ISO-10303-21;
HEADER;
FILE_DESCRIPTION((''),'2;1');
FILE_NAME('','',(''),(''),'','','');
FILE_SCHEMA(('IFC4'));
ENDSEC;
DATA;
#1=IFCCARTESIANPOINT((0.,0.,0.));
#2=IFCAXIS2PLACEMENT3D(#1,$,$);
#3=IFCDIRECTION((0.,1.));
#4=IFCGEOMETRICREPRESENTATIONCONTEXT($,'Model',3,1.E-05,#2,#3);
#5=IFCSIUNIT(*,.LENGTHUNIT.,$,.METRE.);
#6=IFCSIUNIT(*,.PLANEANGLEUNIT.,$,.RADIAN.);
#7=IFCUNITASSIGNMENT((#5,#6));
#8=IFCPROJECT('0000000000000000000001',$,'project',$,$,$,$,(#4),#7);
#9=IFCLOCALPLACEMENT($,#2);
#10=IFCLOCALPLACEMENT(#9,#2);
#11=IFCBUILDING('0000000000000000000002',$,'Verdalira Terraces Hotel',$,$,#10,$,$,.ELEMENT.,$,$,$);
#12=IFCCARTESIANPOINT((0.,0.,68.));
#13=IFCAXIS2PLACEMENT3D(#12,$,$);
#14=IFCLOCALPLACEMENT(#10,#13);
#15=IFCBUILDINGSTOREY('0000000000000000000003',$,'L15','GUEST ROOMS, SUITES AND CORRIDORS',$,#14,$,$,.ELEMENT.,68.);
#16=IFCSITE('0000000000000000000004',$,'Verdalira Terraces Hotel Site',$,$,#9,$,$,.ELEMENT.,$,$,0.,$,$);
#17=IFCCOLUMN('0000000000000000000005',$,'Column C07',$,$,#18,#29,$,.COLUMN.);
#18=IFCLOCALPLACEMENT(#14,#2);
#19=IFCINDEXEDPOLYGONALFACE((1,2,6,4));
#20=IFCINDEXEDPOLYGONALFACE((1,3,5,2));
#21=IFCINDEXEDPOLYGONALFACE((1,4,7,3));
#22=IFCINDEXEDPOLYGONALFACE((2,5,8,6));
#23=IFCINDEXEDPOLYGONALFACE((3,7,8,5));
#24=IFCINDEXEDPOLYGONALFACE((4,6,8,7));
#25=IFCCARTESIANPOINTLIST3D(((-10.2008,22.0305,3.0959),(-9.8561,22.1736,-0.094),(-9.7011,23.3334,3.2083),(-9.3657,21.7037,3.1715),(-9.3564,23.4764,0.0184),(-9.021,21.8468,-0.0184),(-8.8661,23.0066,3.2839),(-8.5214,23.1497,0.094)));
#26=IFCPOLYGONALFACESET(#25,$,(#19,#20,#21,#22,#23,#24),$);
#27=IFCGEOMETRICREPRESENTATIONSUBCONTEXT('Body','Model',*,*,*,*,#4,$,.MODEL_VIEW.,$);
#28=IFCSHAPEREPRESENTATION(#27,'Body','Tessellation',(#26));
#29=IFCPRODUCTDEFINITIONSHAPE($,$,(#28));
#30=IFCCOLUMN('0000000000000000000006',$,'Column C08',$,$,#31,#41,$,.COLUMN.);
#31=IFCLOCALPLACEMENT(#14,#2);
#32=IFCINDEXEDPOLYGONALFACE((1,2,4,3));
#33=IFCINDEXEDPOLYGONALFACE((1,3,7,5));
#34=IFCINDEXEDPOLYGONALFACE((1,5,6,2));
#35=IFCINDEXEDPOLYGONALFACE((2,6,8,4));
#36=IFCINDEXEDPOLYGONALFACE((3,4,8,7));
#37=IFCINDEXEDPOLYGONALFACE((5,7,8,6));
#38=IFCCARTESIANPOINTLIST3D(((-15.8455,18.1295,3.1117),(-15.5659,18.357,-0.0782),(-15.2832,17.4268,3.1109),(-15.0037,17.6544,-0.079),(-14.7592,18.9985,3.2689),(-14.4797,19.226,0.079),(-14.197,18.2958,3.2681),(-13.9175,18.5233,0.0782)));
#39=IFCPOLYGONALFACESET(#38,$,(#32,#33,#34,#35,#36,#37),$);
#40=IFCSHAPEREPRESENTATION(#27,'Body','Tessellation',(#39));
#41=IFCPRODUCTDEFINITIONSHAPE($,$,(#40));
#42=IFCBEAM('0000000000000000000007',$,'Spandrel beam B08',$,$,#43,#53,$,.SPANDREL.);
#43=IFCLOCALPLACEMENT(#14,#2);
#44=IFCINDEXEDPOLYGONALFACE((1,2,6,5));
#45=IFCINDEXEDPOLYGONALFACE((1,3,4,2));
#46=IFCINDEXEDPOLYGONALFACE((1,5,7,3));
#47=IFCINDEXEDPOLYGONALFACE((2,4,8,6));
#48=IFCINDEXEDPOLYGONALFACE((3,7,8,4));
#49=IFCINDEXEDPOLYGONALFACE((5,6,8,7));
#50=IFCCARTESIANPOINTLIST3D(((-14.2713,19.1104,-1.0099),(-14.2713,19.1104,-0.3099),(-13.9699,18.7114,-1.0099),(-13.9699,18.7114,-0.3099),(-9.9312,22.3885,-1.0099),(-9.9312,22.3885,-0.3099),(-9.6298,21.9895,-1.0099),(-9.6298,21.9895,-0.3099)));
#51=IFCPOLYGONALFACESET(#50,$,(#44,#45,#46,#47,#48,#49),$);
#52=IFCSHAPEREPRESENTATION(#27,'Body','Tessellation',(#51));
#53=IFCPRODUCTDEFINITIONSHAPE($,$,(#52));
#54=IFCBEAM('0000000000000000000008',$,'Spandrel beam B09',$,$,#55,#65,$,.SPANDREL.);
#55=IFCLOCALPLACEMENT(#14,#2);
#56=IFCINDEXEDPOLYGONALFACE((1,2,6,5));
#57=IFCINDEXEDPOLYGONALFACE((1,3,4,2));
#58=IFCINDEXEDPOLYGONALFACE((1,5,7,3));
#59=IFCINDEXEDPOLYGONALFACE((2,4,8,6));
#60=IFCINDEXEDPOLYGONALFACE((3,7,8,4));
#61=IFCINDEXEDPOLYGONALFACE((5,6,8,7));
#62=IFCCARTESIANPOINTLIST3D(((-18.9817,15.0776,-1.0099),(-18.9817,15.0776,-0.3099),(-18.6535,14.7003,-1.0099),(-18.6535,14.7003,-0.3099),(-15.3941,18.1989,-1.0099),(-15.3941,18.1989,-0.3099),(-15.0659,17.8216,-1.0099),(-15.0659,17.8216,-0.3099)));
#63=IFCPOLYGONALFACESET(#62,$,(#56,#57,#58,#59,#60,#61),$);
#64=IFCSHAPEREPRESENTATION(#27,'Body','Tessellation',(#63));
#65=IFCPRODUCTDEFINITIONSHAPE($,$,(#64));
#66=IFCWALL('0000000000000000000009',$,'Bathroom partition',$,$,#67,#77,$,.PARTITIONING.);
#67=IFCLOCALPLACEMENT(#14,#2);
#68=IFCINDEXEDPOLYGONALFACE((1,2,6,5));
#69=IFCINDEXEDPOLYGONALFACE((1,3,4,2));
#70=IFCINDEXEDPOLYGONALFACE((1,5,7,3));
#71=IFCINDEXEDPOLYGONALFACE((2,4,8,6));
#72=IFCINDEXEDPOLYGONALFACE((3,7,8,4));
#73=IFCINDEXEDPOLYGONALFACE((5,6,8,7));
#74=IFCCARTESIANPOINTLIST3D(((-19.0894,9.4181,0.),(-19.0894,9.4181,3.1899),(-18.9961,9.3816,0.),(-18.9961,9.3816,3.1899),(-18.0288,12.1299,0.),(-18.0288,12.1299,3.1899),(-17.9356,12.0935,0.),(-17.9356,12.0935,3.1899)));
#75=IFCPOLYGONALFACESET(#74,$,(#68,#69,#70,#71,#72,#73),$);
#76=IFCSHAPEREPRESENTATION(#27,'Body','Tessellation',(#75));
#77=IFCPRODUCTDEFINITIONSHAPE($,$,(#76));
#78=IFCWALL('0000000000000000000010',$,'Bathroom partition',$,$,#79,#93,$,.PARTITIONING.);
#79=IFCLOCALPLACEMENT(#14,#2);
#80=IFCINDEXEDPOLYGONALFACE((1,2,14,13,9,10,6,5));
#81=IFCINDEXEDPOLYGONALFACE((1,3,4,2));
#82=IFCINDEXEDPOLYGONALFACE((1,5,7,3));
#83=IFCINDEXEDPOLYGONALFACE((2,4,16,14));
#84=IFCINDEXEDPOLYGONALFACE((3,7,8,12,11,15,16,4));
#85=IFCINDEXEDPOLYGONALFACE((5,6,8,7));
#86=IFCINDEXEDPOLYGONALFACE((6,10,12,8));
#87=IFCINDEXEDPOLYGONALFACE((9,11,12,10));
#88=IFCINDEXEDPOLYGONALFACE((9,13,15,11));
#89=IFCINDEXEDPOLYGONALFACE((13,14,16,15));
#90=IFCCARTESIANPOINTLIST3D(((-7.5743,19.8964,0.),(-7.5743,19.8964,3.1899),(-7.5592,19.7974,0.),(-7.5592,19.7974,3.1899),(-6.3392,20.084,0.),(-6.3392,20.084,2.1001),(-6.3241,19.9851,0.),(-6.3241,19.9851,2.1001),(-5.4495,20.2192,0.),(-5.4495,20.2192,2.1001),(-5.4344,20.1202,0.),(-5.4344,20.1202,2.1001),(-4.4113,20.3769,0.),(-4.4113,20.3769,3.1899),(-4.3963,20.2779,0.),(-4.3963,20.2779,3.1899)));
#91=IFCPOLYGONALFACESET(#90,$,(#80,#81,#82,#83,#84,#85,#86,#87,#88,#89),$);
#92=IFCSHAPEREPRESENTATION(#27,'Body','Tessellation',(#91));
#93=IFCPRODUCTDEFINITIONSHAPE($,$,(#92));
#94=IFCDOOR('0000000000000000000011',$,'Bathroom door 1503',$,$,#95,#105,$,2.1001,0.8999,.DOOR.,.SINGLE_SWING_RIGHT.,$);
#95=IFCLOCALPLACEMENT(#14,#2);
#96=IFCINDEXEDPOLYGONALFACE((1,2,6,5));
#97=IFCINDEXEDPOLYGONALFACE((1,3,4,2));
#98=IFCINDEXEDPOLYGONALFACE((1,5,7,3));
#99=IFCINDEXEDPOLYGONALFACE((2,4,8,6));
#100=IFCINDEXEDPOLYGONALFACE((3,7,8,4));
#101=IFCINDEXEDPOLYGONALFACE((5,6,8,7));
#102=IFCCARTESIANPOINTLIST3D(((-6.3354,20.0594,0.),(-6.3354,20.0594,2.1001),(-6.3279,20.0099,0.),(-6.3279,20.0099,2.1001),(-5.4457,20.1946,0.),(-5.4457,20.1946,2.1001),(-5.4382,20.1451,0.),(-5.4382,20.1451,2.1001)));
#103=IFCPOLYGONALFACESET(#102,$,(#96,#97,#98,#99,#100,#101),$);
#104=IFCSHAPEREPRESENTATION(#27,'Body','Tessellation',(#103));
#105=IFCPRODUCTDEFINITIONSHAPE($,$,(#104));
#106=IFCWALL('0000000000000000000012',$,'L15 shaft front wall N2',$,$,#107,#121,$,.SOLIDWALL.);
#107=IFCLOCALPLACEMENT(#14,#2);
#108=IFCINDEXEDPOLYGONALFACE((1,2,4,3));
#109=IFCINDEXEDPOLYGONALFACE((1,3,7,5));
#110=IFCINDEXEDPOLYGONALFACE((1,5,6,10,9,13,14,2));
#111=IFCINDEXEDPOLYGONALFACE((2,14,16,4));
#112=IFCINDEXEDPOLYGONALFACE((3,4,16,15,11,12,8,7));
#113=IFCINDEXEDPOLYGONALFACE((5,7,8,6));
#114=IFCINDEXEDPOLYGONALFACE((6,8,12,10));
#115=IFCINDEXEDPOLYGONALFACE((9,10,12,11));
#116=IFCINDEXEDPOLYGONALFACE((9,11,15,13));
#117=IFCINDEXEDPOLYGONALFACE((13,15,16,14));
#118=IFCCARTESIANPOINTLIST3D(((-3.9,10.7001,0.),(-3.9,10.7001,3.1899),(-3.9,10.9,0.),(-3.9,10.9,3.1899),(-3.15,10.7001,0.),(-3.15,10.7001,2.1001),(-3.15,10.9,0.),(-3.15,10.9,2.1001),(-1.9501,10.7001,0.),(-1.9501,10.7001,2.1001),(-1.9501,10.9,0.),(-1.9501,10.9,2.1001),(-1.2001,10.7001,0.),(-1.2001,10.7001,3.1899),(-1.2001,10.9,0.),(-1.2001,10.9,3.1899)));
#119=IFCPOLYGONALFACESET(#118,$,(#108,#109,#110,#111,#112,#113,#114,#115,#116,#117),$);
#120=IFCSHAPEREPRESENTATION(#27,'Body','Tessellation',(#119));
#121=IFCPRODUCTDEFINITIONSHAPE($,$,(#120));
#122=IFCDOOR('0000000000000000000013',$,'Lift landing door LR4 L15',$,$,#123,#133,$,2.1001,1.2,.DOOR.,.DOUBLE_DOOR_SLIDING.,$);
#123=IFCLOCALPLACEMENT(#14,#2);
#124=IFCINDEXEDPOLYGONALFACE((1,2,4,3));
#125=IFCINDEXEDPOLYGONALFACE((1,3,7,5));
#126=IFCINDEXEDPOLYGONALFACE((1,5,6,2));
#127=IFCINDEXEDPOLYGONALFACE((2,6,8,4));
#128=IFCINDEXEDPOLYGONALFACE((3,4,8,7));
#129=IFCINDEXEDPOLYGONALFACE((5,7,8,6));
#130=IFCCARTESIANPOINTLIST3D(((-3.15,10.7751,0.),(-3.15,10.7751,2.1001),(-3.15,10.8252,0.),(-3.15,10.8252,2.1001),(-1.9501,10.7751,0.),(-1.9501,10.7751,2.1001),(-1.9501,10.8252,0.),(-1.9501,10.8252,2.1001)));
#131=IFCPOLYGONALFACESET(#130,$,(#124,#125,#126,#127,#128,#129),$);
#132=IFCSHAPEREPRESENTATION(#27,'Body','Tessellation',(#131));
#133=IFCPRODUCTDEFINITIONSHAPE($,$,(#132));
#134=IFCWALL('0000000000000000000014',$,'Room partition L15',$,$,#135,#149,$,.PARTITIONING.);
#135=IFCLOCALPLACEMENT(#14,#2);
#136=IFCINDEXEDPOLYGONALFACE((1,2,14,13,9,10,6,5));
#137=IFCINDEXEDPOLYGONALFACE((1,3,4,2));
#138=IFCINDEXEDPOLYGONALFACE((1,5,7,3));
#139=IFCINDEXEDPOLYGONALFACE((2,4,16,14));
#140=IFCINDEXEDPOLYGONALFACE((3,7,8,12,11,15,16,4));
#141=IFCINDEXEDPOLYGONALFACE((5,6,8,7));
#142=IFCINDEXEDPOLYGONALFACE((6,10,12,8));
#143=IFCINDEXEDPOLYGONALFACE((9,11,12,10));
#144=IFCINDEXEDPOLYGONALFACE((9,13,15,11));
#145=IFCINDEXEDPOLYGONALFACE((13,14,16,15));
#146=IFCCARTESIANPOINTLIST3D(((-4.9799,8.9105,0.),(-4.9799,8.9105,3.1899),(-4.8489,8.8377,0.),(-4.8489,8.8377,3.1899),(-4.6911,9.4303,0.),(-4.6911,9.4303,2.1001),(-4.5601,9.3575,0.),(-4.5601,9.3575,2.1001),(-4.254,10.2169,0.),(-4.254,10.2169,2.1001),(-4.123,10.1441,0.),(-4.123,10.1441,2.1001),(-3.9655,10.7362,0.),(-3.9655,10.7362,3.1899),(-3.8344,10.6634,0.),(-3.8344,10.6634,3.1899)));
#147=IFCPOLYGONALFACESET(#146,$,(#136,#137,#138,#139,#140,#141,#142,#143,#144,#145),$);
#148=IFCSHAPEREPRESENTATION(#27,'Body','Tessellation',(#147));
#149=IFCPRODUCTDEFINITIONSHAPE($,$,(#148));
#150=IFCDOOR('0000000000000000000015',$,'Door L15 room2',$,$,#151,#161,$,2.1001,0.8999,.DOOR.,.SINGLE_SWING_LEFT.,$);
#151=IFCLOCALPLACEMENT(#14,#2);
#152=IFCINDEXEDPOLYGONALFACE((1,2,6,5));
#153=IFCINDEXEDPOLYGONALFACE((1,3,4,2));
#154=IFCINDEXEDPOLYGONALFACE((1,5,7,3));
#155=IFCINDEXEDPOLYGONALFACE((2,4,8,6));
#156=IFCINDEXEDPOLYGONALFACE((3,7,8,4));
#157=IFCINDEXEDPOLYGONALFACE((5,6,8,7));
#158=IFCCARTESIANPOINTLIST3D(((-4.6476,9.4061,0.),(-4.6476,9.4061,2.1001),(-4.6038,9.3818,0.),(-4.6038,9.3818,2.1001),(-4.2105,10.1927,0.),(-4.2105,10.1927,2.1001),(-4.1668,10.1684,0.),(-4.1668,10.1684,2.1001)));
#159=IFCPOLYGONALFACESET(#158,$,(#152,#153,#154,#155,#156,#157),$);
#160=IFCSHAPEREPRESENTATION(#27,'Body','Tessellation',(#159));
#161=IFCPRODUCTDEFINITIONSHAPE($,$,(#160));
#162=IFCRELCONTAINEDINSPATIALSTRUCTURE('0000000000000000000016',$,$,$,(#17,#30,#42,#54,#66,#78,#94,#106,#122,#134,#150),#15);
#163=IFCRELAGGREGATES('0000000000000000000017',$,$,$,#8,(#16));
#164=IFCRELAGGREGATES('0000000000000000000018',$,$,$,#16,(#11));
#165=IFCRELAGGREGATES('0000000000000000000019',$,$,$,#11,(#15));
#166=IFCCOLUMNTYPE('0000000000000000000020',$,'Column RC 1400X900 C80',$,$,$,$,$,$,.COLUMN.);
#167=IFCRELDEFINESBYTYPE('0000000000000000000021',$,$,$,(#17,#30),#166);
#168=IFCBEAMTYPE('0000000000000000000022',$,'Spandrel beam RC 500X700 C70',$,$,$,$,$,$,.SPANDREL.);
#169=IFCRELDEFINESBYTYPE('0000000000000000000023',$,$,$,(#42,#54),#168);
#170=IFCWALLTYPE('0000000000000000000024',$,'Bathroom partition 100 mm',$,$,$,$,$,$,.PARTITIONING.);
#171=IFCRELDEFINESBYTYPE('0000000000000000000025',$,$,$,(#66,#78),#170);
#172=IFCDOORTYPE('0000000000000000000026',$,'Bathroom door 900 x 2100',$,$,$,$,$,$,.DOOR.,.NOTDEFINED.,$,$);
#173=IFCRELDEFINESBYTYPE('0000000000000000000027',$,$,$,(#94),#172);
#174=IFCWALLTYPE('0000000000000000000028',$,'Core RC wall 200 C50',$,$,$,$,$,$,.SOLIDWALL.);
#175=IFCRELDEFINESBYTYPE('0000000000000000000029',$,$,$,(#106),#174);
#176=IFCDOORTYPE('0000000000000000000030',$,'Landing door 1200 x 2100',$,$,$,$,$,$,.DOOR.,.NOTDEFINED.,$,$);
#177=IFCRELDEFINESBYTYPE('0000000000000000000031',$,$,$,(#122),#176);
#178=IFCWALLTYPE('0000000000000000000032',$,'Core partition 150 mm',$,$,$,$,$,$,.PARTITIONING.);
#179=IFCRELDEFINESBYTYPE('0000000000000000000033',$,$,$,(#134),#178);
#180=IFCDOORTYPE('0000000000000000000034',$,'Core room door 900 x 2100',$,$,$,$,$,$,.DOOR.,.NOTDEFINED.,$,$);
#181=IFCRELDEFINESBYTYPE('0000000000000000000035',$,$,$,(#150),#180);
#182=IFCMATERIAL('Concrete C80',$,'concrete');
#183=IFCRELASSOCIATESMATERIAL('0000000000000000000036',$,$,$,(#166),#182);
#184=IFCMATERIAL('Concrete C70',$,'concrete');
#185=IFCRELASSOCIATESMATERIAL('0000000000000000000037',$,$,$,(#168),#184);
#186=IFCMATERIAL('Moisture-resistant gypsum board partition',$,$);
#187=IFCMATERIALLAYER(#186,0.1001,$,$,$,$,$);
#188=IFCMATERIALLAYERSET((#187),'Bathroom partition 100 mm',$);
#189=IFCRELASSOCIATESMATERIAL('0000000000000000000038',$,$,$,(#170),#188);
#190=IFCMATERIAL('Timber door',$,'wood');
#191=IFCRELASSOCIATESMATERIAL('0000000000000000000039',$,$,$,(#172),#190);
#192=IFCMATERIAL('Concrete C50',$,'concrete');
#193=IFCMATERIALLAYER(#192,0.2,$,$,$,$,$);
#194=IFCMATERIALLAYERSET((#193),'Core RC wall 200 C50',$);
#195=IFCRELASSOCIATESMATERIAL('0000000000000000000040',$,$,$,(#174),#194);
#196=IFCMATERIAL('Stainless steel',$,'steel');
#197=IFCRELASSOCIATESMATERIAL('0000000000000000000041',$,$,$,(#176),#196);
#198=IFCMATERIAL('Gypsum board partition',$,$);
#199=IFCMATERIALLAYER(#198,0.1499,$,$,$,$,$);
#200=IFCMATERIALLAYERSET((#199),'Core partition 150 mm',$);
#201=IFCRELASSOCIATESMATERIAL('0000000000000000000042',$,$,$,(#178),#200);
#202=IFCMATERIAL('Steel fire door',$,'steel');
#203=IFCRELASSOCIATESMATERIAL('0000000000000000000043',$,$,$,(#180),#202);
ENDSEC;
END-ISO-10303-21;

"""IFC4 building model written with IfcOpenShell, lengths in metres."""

from ifc_helpers import new_model, si_unit, direction, frame, frame_2d, origin, origin_2d, place, context, subcontext, project, spatial, rectangle, extrude, material, layer, layer_set, material_profile, profile_set, type_object, element, fill, save


model = new_model("IFC4")

# Units and contexts
model_context = context("Model", 3, precision=1e-05, world=origin(), true_north=direction((0.0, 1.0)))
body_context = subcontext(model_context, "Body", "Model", "MODEL_VIEW")
ifc_project = project(units=[si_unit("LENGTHUNIT", "METRE"), si_unit("PLANEANGLEUNIT", "RADIAN")], contexts=[model_context])

# Site, building, storey
site_placement = place(None, origin())
site = spatial("IfcSite", under=ifc_project, at=site_placement, Name="Verdalira Terraces Hotel Site", CompositionType="ELEMENT", RefElevation=0.0)
building_placement = place(site_placement, origin())
building = spatial("IfcBuilding", under=site, at=building_placement, Name="Verdalira Terraces Hotel", CompositionType="ELEMENT")
storey_placement = place(building_placement, frame((0.0, 0.0, 68.0)))
storey = spatial("IfcBuildingStorey", under=building, at=storey_placement, Name="L15", Description="GUEST ROOMS, SUITES AND CORRIDORS", CompositionType="ELEMENT", Elevation=68.0)

# Columns
ifc_material_1 = material(Name="Concrete C80", Category="concrete")
ifc_material_profile_1 = material_profile(ifc_material_1, rectangle(XDim=1.3999, YDim=0.8999, at=origin_2d()), Name="RC 1400X900")
ifc_profile_set_1 = profile_set([ifc_material_profile_1], Name="Concrete C80")
column_type = type_object("IfcColumnType", Name="Column RC 1400X900 C80", PredefinedType="COLUMN", material=ifc_profile_set_1)
column_1_placement = place(storey_placement, frame((-9.1887, 22.6616, 0.0), z_axis=(-0.107335, -0.044545, 0.993225), x_axis=(0.356928, 0.930673, 0.080312)))
element("IfcColumn", 1, at=column_1_placement, inside=storey, type_object=column_type, Name="Column C07", PredefinedType="COLUMN", context=body_context, shape_type="SweptSolid", body=[
    extrude(rectangle(XDim=1.3999, YDim=0.8999, at=origin_2d()), origin(), (0.0, 0.0, 1.0), 3.2117),
])
column_2_placement = place(storey_placement, frame((-14.7417, 18.4402, 0.0), z_axis=(-0.087078, -0.070879, 0.993677), x_axis=(-0.775946, -0.620728, -0.112274)))
element("IfcColumn", 2, at=column_2_placement, inside=storey, type_object=column_type, Name="Column C08", PredefinedType="COLUMN", context=body_context, shape_type="SweptSolid", body=[
    extrude(rectangle(XDim=1.3999, YDim=0.8999, at=origin_2d()), origin(), (0.0, 0.0, 1.0), 3.2102),
])

# Beams
ifc_material_2 = material(Name="Concrete C70", Category="concrete")
ifc_material_profile_2 = material_profile(ifc_material_2, rectangle(XDim=0.5, YDim=0.7, at=origin_2d()), Name="RC 500X700")
ifc_profile_set_2 = profile_set([ifc_material_profile_2], Name="Concrete C70")
beam_type = type_object("IfcBeamType", Name="Spandrel beam RC 500X700 C70", PredefinedType="SPANDREL", material=ifc_profile_set_2)
beam_1_placement = place(storey_placement, frame((-9.7805, 22.189, -0.6599), z_axis=(-0.797965, -0.602704, 0.0), x_axis=(0.602704, -0.797965, 0.0)))
element("IfcBeam", 3, at=beam_1_placement, inside=storey, type_object=beam_type, Name="Spandrel beam B08", PredefinedType="SPANDREL", context=body_context, shape_type="SweptSolid", body=[
    extrude(rectangle(XDim=0.5, YDim=0.7, at=origin_2d()), origin(), (0.0, 0.0, 1.0), 5.439),
])
beam_2_placement = place(storey_placement, frame((-15.23, 18.0103, -0.6599), z_axis=(-0.754434, -0.656376, 0.0), x_axis=(0.656376, -0.754434, 0.0)))
element("IfcBeam", 4, at=beam_2_placement, inside=storey, type_object=beam_type, Name="Spandrel beam B09", PredefinedType="SPANDREL", context=body_context, shape_type="SweptSolid", body=[
    extrude(rectangle(XDim=0.5, YDim=0.7, at=origin_2d()), origin(), (0.0, 0.0, 1.0), 4.7554),
])

# Wall
ifc_material_3 = material(Name="Moisture-resistant gypsum board partition")
ifc_layer_1 = layer(ifc_material_3, 0.1001)
ifc_layer_set_1 = layer_set([ifc_layer_1], Name="Bathroom partition 100 mm")
wall_type_1 = type_object("IfcWallType", Name="Bathroom partition 100 mm", PredefinedType="PARTITIONING", material=ifc_layer_set_1)
wall_1_placement = place(storey_placement, frame((-17.9822, 12.1118, 0.0), z_axis=(0.0, 0.0, 1.0), x_axis=(-0.36421, -0.931317, 0.0)))
element("IfcWall", 5, at=wall_1_placement, inside=storey, type_object=wall_type_1, Name="Bathroom partition", PredefinedType="PARTITIONING", context=body_context, shape_type="SweptSolid", body=[
    extrude(rectangle(XDim=2.9119, YDim=0.1001, at=frame_2d((1.4561, 0.0))), origin(), (0.0, 0.0, 1.0), 3.1899),
])

# Walls, openings, doors
wall_2_placement = place(storey_placement, frame((-4.4038, 20.3274, 0.0), z_axis=(0.0, 0.0, 1.0), x_axis=(-0.988658, -0.150187, 0.0)))
wall_2 = element("IfcWall", 6, at=wall_2_placement, inside=storey, type_object=wall_type_1, Name="Bathroom partition", PredefinedType="PARTITIONING", context=body_context, shape_type="SweptSolid", body=[
    extrude(rectangle(XDim=3.1992, YDim=0.1001, at=frame_2d((1.5996, 0.0))), origin(), (0.0, 0.0, 1.0), 3.1899),
])
opening_1_placement = place(wall_2_placement, frame((1.05, 0.0, 0.0)))
opening_1 = element("IfcOpeningElement", 7, at=opening_1_placement, cuts=wall_2, PredefinedType="OPENING", context=body_context, shape_type="SweptSolid", body=[
    extrude(rectangle(XDim=0.8999, YDim=2.1001, at=frame_2d((0.45, 1.05))), frame((0.0, 0.0601, 0.0), z_axis=(0.0, -1.0, 0.0), x_axis=(1.0, 0.0, 0.0)), (0.0, 0.0, 1.0), 0.1201),
])
ifc_material_4 = material(Name="Timber door", Category="wood")
door_type_1 = type_object("IfcDoorType", Name="Bathroom door 900 x 2100", OperationType="NOTDEFINED", PredefinedType="DOOR", material=ifc_material_4)
door_1_placement = place(opening_1_placement, origin())
door_1 = element("IfcDoor", 8, at=door_1_placement, inside=storey, type_object=door_type_1, Name="Bathroom door 1503", OperationType="SINGLE_SWING_RIGHT", OverallHeight=2.1001, OverallWidth=0.8999, PredefinedType="DOOR", context=body_context, shape_type="SweptSolid", body=[
    extrude(rectangle(XDim=0.8999, YDim=2.1001, at=frame_2d((0.45, 1.05))), frame((0.0, 0.0249, 0.0), z_axis=(0.0, -1.0, 0.0), x_axis=(1.0, 0.0, 0.0)), (0.0, 0.0, 1.0), 0.05),
])
fill(opening_1, door_1)
ifc_material_5 = material(Name="Concrete C50", Category="concrete")
ifc_layer_2 = layer(ifc_material_5, 0.2)
ifc_layer_set_2 = layer_set([ifc_layer_2], Name="Core RC wall 200 C50")
wall_type_2 = type_object("IfcWallType", Name="Core RC wall 200 C50", PredefinedType="SOLIDWALL", material=ifc_layer_set_2)
wall_3_placement = place(storey_placement, frame((-1.2, 10.8, 0.0), z_axis=(0.0, 0.0, 1.0), x_axis=(-1.0, 0.0, 0.0)))
wall_3 = element("IfcWall", 9, at=wall_3_placement, inside=storey, type_object=wall_type_2, Name="L15 shaft front wall N2", PredefinedType="SOLIDWALL", context=body_context, shape_type="SweptSolid", body=[
    extrude(rectangle(XDim=2.7, YDim=0.2, at=frame_2d((1.3501, 0.0))), origin(), (0.0, 0.0, 1.0), 3.1899),
])
opening_2_placement = place(wall_3_placement, frame((0.75, 0.0, 0.0)))
opening_2 = element("IfcOpeningElement", 10, at=opening_2_placement, cuts=wall_3, PredefinedType="OPENING", context=body_context, shape_type="SweptSolid", body=[
    extrude(rectangle(XDim=1.2, YDim=2.1001, at=frame_2d((0.6001, 1.05))), frame((0.0, 0.1099, 0.0), z_axis=(0.0, -1.0, 0.0), x_axis=(1.0, 0.0, 0.0)), (0.0, 0.0, 1.0), 0.22),
])
ifc_material_6 = material(Name="Stainless steel", Category="steel")
door_type_2 = type_object("IfcDoorType", Name="Landing door 1200 x 2100", OperationType="NOTDEFINED", PredefinedType="DOOR", material=ifc_material_6)
door_2_placement = place(opening_2_placement, origin())
door_2 = element("IfcDoor", 11, at=door_2_placement, inside=storey, type_object=door_type_2, Name="Lift landing door LR4 L15", OperationType="DOUBLE_DOOR_SLIDING", OverallHeight=2.1001, OverallWidth=1.2, PredefinedType="DOOR", context=body_context, shape_type="SweptSolid", body=[
    extrude(rectangle(XDim=1.2, YDim=2.1001, at=frame_2d((0.6001, 1.05))), frame((0.0, 0.0249, 0.0), z_axis=(0.0, -1.0, 0.0), x_axis=(1.0, 0.0, 0.0)), (0.0, 0.0, 1.0), 0.05),
])
fill(opening_2, door_2)
ifc_material_7 = material(Name="Gypsum board partition")
ifc_layer_3 = layer(ifc_material_7, 0.1499)
ifc_layer_set_3 = layer_set([ifc_layer_3], Name="Core partition 150 mm")
wall_type_3 = type_object("IfcWallType", Name="Core partition 150 mm", PredefinedType="PARTITIONING", material=ifc_layer_set_3)
wall_4_placement = place(storey_placement, frame((-3.8999, 10.7, 0.0), z_axis=(0.0, 0.0, 1.0), x_axis=(-0.485693, -0.87413, 0.0)))
wall_4 = element("IfcWall", 12, at=wall_4_placement, inside=storey, type_object=wall_type_3, Name="Room partition L15", PredefinedType="PARTITIONING", context=body_context, shape_type="SweptSolid", body=[
    extrude(rectangle(XDim=2.0886, YDim=0.1499, at=frame_2d((1.0444, 0.0))), origin(), (0.0, 0.0, 1.0), 3.1899),
])
opening_3_placement = place(wall_4_placement, frame((0.5942, 0.0, 0.0)))
opening_3 = element("IfcOpeningElement", 13, at=opening_3_placement, cuts=wall_4, PredefinedType="OPENING", context=body_context, shape_type="SweptSolid", body=[
    extrude(rectangle(XDim=0.8999, YDim=2.1001, at=frame_2d((0.45, 1.05))), frame((0.0, 0.085, 0.0), z_axis=(0.0, -1.0, 0.0), x_axis=(1.0, 0.0, 0.0)), (0.0, 0.0, 1.0), 0.1699),
])
ifc_material_8 = material(Name="Steel fire door", Category="steel")
door_type_3 = type_object("IfcDoorType", Name="Core room door 900 x 2100", OperationType="NOTDEFINED", PredefinedType="DOOR", material=ifc_material_8)
door_3_placement = place(opening_3_placement, origin())
door_3 = element("IfcDoor", 14, at=door_3_placement, inside=storey, type_object=door_type_3, Name="Door L15 room2", OperationType="SINGLE_SWING_LEFT", OverallHeight=2.1001, OverallWidth=0.8999, PredefinedType="DOOR", context=body_context, shape_type="SweptSolid", body=[
    extrude(rectangle(XDim=0.8999, YDim=2.1001, at=frame_2d((0.45, 1.05))), frame((0.0, 0.0249, 0.0), z_axis=(0.0, -1.0, 0.0), x_axis=(1.0, 0.0, 0.0)), (0.0, 0.0, 1.0), 0.05),
])
fill(opening_3, door_3)

save(model, "model.ifc")
